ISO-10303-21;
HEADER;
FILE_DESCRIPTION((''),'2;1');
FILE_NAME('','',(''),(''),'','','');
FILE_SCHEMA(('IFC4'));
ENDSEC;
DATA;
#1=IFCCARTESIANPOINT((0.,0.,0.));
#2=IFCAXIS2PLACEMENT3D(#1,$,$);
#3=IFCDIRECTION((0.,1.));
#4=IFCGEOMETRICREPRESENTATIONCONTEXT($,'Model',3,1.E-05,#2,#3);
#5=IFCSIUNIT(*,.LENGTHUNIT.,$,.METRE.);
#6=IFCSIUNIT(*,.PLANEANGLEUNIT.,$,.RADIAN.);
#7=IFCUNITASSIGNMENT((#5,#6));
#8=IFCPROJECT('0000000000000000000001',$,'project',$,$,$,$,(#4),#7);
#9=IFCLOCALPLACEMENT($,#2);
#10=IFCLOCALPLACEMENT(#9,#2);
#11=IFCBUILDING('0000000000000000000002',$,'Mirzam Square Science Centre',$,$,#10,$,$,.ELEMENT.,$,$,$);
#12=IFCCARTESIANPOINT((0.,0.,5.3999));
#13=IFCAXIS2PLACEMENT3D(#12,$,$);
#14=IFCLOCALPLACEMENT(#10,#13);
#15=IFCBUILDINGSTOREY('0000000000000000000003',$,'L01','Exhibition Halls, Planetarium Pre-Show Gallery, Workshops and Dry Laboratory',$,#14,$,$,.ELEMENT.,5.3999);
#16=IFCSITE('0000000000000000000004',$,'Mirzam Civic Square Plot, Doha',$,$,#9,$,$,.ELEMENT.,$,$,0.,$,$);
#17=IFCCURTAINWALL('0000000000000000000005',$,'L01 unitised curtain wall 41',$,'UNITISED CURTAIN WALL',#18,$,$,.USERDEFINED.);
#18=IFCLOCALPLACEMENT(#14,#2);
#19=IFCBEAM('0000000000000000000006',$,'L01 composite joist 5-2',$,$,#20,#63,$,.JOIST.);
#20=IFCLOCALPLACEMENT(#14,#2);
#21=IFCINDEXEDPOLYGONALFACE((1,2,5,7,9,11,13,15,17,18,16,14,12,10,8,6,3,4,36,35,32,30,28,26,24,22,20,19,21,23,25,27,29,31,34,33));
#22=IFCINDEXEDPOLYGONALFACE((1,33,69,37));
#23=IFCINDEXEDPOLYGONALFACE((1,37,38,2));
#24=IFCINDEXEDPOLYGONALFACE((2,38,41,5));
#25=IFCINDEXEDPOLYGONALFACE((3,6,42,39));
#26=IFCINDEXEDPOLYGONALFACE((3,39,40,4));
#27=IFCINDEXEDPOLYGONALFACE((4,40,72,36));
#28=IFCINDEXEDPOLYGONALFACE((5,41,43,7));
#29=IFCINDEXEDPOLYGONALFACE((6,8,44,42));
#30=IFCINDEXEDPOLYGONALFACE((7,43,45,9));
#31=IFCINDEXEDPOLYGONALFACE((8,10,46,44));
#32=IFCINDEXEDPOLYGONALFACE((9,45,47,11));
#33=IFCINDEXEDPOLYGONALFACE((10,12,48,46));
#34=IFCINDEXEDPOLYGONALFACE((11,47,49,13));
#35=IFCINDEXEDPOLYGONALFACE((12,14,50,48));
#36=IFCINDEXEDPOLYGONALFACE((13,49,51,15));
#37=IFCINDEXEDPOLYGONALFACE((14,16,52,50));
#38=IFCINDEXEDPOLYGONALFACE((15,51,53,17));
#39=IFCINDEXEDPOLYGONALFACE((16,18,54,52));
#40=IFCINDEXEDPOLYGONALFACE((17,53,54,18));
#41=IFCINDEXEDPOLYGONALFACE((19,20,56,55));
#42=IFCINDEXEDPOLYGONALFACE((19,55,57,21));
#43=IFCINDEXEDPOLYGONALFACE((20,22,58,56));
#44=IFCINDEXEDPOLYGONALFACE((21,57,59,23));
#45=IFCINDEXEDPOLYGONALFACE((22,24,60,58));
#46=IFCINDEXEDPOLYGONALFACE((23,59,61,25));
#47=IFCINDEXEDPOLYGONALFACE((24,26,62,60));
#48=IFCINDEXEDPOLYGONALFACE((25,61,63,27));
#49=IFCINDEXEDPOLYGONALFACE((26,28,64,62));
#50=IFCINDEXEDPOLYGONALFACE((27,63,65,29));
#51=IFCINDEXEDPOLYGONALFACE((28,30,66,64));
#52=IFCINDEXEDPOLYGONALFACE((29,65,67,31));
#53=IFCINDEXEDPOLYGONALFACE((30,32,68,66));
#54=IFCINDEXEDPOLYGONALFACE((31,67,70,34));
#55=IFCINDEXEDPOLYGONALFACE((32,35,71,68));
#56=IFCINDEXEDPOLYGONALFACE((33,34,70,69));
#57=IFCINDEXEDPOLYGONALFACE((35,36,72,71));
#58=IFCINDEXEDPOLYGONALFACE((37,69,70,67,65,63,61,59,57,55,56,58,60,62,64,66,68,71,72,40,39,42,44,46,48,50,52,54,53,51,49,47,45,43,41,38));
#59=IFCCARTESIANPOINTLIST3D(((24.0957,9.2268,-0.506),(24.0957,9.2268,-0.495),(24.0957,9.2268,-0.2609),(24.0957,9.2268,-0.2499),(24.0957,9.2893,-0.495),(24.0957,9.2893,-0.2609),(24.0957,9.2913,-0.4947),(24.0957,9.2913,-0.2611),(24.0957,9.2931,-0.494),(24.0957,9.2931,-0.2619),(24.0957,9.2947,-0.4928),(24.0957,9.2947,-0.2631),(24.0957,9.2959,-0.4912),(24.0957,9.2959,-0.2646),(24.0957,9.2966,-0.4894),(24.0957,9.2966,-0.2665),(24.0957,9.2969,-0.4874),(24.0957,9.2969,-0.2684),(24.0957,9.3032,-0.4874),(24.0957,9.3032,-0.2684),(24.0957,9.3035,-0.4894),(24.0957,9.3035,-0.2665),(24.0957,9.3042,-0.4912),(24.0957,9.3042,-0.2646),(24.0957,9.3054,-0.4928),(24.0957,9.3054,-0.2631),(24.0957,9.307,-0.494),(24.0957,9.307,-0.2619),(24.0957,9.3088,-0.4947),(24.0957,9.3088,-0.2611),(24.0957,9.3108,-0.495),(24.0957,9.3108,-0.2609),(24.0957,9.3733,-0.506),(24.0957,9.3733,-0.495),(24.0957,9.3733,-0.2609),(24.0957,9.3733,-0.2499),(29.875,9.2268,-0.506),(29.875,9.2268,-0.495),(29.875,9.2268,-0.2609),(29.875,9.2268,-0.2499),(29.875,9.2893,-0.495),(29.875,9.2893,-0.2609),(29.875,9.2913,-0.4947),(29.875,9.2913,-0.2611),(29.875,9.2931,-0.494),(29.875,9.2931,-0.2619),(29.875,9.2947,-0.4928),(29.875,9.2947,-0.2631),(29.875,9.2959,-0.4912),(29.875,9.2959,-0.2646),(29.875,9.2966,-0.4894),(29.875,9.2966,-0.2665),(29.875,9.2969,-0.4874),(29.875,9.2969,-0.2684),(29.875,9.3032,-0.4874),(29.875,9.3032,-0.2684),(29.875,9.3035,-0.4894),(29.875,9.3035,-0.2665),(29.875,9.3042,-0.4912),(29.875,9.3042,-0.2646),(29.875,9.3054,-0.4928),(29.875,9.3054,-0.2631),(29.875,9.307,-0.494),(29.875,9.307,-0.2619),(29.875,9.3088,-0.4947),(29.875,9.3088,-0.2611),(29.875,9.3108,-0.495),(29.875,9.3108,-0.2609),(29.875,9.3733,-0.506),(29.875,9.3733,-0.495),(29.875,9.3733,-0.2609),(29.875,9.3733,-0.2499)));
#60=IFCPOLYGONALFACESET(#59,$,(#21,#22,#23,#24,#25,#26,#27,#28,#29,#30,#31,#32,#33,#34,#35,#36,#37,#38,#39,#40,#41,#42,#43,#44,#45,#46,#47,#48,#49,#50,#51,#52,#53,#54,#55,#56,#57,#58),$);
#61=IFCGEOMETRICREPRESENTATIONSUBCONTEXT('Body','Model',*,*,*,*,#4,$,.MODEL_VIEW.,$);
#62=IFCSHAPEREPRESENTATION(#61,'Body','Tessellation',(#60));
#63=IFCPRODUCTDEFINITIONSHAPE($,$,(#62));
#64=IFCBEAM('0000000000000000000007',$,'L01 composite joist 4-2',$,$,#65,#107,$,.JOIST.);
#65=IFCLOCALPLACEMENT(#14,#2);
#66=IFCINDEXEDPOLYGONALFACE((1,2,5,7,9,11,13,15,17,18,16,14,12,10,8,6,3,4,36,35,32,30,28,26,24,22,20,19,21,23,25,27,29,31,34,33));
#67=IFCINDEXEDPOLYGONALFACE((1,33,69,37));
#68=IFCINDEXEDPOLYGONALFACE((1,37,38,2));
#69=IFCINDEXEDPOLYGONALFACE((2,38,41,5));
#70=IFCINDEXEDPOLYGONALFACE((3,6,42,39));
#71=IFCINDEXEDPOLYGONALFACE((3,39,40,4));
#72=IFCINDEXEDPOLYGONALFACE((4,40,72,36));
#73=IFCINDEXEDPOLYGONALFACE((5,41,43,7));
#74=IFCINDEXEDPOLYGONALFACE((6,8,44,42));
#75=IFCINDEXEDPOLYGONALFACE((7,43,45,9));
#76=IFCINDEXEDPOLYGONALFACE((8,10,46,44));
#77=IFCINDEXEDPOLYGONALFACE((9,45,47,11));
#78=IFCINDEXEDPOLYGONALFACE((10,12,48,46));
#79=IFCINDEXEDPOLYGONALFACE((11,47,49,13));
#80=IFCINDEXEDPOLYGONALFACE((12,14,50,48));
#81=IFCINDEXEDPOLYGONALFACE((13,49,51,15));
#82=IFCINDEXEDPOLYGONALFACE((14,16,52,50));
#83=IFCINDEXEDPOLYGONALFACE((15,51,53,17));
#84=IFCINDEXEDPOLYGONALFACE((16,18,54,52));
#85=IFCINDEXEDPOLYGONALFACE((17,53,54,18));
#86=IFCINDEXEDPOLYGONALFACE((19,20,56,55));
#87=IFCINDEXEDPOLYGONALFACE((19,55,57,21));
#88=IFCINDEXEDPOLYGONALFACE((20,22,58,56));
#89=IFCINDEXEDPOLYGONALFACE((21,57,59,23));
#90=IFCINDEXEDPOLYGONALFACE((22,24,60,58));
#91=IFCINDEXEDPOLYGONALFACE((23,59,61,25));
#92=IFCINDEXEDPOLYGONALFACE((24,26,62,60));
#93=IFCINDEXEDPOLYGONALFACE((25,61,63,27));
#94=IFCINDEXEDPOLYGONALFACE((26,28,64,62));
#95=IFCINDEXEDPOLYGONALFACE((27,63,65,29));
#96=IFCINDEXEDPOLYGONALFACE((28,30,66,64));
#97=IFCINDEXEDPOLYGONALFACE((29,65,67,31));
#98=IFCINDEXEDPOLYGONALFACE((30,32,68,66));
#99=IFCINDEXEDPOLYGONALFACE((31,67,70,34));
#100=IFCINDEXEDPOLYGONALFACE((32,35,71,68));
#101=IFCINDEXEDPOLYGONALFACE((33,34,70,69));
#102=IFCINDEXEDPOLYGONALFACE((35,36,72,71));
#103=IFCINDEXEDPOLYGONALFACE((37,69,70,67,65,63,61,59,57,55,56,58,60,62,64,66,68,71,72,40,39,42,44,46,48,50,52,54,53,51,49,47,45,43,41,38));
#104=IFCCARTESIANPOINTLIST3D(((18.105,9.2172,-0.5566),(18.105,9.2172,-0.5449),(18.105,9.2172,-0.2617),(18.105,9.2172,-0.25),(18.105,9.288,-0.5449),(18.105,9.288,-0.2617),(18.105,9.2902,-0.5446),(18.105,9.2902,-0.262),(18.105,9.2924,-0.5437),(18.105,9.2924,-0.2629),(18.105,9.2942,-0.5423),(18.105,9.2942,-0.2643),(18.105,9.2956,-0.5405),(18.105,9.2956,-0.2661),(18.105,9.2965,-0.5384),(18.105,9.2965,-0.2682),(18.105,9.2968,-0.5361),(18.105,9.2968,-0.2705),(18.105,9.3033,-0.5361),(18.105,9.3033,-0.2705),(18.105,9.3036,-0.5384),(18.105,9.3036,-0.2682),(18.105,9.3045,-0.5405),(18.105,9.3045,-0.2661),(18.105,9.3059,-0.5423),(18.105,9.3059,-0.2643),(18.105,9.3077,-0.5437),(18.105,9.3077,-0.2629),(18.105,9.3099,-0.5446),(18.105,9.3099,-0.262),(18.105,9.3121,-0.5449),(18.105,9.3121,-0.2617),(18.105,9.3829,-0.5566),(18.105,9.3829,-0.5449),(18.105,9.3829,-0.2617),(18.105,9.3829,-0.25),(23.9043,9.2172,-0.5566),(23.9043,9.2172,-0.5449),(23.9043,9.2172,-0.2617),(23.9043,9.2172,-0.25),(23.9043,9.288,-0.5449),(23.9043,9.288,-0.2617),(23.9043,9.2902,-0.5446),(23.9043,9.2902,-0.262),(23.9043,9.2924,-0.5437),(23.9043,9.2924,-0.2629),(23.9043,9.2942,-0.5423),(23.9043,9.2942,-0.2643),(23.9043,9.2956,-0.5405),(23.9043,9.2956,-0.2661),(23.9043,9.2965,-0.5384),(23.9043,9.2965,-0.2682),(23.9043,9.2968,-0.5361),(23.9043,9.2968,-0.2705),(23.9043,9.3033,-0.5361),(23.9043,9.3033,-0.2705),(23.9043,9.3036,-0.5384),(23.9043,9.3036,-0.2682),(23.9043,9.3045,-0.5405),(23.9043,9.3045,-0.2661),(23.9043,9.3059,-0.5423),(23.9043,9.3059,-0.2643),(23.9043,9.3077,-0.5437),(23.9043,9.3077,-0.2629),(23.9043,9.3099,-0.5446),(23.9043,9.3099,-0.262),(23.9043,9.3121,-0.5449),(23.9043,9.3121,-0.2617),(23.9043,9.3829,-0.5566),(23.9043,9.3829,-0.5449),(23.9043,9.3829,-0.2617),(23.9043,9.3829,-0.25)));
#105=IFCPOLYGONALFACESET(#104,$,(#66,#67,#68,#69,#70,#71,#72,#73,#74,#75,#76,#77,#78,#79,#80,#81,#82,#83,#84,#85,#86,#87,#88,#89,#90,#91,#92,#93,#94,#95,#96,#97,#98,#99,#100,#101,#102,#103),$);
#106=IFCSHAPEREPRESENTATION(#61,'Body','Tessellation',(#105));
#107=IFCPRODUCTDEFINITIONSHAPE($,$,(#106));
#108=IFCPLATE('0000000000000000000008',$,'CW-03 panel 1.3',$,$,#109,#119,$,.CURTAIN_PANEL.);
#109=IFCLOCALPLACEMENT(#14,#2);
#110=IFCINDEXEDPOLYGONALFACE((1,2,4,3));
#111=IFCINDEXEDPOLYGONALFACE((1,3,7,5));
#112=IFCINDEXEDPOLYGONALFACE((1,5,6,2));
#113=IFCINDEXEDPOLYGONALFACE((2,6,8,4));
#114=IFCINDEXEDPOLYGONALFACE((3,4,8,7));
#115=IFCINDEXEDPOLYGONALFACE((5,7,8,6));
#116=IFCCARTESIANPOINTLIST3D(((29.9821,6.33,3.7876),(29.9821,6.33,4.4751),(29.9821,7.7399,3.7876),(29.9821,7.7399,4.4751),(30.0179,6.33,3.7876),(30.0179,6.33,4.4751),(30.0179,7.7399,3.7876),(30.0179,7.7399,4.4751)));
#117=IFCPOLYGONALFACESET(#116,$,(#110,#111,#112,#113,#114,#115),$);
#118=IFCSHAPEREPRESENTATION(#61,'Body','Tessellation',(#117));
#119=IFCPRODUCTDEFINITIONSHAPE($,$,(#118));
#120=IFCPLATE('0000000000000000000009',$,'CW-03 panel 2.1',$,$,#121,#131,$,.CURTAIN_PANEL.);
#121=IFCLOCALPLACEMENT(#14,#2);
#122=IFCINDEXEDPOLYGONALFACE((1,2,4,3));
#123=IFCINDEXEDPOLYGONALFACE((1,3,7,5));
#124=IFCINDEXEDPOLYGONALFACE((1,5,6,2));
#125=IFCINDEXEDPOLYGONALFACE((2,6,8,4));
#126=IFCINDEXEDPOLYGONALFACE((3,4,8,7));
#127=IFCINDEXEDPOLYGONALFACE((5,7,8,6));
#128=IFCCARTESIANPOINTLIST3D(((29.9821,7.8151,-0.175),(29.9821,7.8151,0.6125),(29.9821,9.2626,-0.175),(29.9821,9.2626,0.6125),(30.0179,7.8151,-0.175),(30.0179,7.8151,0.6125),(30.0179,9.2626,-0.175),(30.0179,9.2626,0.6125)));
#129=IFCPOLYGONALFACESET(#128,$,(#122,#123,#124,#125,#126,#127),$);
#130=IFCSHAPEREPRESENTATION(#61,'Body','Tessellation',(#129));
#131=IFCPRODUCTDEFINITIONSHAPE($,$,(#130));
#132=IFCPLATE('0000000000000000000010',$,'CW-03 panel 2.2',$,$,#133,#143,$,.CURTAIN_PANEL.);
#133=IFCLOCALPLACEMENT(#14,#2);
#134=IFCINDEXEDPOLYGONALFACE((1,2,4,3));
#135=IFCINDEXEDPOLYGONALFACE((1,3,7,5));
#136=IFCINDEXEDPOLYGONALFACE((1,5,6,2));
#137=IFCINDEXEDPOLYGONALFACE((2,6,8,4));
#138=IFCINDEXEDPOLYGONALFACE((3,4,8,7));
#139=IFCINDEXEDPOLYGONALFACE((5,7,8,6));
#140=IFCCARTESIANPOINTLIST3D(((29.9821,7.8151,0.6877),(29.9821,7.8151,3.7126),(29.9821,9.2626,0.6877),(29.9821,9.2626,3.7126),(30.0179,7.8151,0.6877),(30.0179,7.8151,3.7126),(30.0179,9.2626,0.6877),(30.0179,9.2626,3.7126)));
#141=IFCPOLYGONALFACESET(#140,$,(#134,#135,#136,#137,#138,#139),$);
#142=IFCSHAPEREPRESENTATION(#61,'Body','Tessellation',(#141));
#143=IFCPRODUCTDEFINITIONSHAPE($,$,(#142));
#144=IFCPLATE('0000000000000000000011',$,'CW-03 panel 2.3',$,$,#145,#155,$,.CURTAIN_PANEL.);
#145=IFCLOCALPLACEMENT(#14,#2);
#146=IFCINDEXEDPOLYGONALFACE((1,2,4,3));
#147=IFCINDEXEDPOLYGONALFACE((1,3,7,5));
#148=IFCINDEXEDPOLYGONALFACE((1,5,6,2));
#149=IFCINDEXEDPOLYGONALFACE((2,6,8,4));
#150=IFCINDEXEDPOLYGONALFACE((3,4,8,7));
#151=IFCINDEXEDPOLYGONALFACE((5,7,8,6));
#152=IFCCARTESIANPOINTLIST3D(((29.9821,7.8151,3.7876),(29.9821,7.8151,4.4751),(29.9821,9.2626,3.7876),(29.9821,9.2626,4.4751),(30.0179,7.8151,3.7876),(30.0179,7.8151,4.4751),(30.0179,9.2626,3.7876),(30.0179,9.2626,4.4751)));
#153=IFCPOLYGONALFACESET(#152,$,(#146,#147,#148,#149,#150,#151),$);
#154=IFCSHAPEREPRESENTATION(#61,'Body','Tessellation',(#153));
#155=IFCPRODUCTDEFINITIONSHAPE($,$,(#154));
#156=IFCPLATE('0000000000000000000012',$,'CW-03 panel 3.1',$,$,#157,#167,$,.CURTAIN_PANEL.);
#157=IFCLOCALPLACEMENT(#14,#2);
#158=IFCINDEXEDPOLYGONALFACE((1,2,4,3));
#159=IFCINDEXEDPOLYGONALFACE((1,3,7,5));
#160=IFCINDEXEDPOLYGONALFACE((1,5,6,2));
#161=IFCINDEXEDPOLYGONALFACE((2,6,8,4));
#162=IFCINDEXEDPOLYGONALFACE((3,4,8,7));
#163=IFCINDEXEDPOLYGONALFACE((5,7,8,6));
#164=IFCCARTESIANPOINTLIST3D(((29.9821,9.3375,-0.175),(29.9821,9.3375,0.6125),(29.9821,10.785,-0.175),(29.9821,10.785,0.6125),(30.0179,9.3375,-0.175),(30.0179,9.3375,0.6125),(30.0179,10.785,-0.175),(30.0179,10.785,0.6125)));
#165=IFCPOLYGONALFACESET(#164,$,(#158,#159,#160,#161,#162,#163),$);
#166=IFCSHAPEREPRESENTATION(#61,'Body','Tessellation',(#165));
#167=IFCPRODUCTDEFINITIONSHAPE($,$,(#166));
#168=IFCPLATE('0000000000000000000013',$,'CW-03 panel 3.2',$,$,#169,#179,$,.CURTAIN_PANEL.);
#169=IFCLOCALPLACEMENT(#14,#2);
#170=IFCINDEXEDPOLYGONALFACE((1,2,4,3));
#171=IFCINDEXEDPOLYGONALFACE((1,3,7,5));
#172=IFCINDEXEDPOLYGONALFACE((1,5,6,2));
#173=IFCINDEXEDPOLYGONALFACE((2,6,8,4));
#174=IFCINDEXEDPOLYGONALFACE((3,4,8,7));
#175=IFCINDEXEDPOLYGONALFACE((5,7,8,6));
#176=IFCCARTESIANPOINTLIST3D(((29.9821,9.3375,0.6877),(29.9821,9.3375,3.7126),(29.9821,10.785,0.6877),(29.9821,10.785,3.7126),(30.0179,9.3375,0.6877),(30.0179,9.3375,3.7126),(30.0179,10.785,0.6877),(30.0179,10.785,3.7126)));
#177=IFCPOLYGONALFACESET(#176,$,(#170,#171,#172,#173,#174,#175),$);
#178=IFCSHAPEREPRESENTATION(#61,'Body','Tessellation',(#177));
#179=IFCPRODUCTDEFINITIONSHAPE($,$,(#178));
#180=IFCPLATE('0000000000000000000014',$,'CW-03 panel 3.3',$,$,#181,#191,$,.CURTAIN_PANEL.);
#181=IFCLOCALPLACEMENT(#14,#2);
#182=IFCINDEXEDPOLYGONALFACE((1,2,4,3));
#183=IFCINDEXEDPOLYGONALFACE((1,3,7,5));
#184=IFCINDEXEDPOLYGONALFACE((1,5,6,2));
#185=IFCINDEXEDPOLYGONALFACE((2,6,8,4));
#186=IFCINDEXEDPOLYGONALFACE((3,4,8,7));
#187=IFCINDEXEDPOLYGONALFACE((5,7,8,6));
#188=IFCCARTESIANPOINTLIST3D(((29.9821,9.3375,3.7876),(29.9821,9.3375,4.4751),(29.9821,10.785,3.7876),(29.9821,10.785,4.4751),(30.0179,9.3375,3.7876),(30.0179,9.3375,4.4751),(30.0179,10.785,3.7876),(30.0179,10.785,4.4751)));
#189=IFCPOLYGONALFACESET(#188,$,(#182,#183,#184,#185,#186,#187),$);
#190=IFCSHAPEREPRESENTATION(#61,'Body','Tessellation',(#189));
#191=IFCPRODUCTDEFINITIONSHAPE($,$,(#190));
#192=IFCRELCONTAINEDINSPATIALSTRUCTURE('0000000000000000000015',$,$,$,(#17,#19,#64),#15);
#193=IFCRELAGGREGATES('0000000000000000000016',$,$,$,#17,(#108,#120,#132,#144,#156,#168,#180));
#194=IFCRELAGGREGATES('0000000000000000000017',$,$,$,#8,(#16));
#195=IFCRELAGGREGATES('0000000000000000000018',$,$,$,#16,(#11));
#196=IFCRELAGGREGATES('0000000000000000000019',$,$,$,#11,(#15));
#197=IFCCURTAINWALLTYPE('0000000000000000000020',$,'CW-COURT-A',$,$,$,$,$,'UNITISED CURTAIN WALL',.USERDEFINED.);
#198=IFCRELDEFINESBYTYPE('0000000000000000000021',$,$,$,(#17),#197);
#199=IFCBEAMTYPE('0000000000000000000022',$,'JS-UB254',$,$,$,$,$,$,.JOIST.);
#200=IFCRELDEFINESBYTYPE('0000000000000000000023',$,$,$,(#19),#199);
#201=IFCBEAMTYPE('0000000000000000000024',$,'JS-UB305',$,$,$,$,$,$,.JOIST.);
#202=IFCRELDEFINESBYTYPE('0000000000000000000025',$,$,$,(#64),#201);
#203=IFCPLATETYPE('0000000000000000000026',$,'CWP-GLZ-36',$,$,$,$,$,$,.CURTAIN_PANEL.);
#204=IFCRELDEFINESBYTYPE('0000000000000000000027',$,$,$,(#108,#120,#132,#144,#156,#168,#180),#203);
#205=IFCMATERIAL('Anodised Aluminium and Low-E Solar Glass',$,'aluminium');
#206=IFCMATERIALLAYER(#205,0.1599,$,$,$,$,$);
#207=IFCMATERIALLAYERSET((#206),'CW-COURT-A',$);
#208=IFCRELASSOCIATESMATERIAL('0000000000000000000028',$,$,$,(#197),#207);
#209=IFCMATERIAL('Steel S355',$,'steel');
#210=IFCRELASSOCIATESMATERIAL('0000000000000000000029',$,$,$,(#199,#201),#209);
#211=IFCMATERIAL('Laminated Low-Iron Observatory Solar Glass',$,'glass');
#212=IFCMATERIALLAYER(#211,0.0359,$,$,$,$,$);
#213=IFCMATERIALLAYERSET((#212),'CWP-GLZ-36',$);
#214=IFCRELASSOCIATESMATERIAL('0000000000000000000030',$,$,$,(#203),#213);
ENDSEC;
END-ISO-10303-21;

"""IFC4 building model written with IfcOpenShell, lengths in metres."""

from ifc_helpers import new_model, si_unit, direction, frame, origin, origin_2d, place, context, subcontext, project, spatial, rectangle, i_section, extrude, material, layer, layer_set, material_profile, profile_set, type_object, element, aggregate, save


model = new_model("IFC4")

# Units and contexts
model_context = context("Model", 3, precision=1e-05, world=origin(), true_north=direction((0.0, 1.0)))
body_context = subcontext(model_context, "Body", "Model", "MODEL_VIEW")
ifc_project = project(units=[si_unit("LENGTHUNIT", "METRE"), si_unit("PLANEANGLEUNIT", "RADIAN")], contexts=[model_context])

# Site, building, storey
site_placement = place(None, origin())
site = spatial("IfcSite", under=ifc_project, at=site_placement, Name="Mirzam Civic Square Plot, Doha", CompositionType="ELEMENT", RefElevation=0.0)
building_placement = place(site_placement, origin())
building = spatial("IfcBuilding", under=site, at=building_placement, Name="Mirzam Square Science Centre", CompositionType="ELEMENT")
storey_placement = place(building_placement, frame((0.0, 0.0, 5.3999)))
storey = spatial("IfcBuildingStorey", under=building, at=storey_placement, Name="L01", Description="Exhibition Halls, Planetarium Pre-Show Gallery, Workshops and Dry Laboratory", CompositionType="ELEMENT", Elevation=5.3999)

# Shared definitions
ifc_material_1 = material(Name="Steel S355", Category="steel")

# Curtain wall
ifc_material_2 = material(Name="Anodised Aluminium and Low-E Solar Glass", Category="aluminium")
ifc_layer_1 = layer(ifc_material_2, 0.1599)
ifc_layer_set_1 = layer_set([ifc_layer_1], Name="CW-COURT-A")
curtain_wall_type = type_object("IfcCurtainWallType", Name="CW-COURT-A", ElementType="UNITISED CURTAIN WALL", PredefinedType="USERDEFINED", material=ifc_layer_set_1)
curtain_wall_placement = place(storey_placement, origin())
curtain_wall = element("IfcCurtainWall", 1, at=curtain_wall_placement, inside=storey, type_object=curtain_wall_type, Name="L01 unitised curtain wall 41", ObjectType="UNITISED CURTAIN WALL", PredefinedType="USERDEFINED")

# Beams
ifc_material_profile_1 = material_profile(ifc_material_1, i_section(OverallWidth=0.1465, OverallDepth=0.2561, WebThickness=0.0063, FlangeThickness=0.011, FilletRadius=0.0076, at=origin_2d()), Name="254x146x37UB")
ifc_profile_set_1 = profile_set([ifc_material_profile_1], Name="Steel S355")
beam_type_1 = type_object("IfcBeamType", Name="JS-UB254", PredefinedType="JOIST", material=ifc_profile_set_1)
beam_1_placement = place(storey_placement, frame((24.0957, 9.3, -0.3779), z_axis=(1.0, 0.0, 0.0), x_axis=(0.0, 1.0, 0.0)))
element("IfcBeam", 2, at=beam_1_placement, inside=storey, type_object=beam_type_1, Name="L01 composite joist 5-2", PredefinedType="JOIST", context=body_context, shape_type="SweptSolid", body=[
    extrude(i_section(OverallWidth=0.1465, OverallDepth=0.2561, WebThickness=0.0063, FlangeThickness=0.011, FilletRadius=0.0076, at=origin_2d()), origin(), (0.0, 0.0, 1.0), 5.7793),
])
ifc_material_profile_2 = material_profile(ifc_material_1, i_section(OverallWidth=0.1658, OverallDepth=0.3066, WebThickness=0.0066, FlangeThickness=0.0117, FilletRadius=0.0088, at=origin_2d()), Name="305x165x46UB")
ifc_profile_set_2 = profile_set([ifc_material_profile_2], Name="Steel S355")
beam_type_2 = type_object("IfcBeamType", Name="JS-UB305", PredefinedType="JOIST", material=ifc_profile_set_2)
beam_2_placement = place(storey_placement, frame((18.105, 9.3, -0.4033), z_axis=(1.0, 0.0, 0.0), x_axis=(0.0, 1.0, 0.0)))
element("IfcBeam", 3, at=beam_2_placement, inside=storey, type_object=beam_type_2, Name="L01 composite joist 4-2", PredefinedType="JOIST", context=body_context, shape_type="SweptSolid", body=[
    extrude(i_section(OverallWidth=0.1658, OverallDepth=0.3066, WebThickness=0.0066, FlangeThickness=0.0117, FilletRadius=0.0088, at=origin_2d()), origin(), (0.0, 0.0, 1.0), 5.7993),
])

# Plates
ifc_material_3 = material(Name="Laminated Low-Iron Observatory Solar Glass", Category="glass")
ifc_layer_2 = layer(ifc_material_3, 0.0359)
ifc_layer_set_2 = layer_set([ifc_layer_2], Name="CWP-GLZ-36")
plate_type = type_object("IfcPlateType", Name="CWP-GLZ-36", PredefinedType="CURTAIN_PANEL", material=ifc_layer_set_2)
plate_1_placement = place(storey_placement, frame((30.0, 7.0349, 3.7876), z_axis=(0.0, 0.0, 1.0), x_axis=(0.0, 1.0, 0.0)))
plate_1 = element("IfcPlate", 4, at=plate_1_placement, type_object=plate_type, Name="CW-03 panel 1.3", PredefinedType="CURTAIN_PANEL", context=body_context, shape_type="SweptSolid", body=[
    extrude(rectangle(XDim=1.4099, YDim=0.0359, at=origin_2d()), origin(), (0.0, 0.0, 1.0), 0.6875),
])
plate_2_placement = place(storey_placement, frame((30.0, 8.5388, -0.175), z_axis=(0.0, 0.0, 1.0), x_axis=(0.0, 1.0, 0.0)))
plate_2 = element("IfcPlate", 5, at=plate_2_placement, type_object=plate_type, Name="CW-03 panel 2.1", PredefinedType="CURTAIN_PANEL", context=body_context, shape_type="SweptSolid", body=[
    extrude(rectangle(XDim=1.4475, YDim=0.0359, at=origin_2d()), origin(), (0.0, 0.0, 1.0), 0.7876),
])
plate_3_placement = place(storey_placement, frame((30.0, 8.5388, 0.6877), z_axis=(0.0, 0.0, 1.0), x_axis=(0.0, 1.0, 0.0)))
plate_3 = element("IfcPlate", 6, at=plate_3_placement, type_object=plate_type, Name="CW-03 panel 2.2", PredefinedType="CURTAIN_PANEL", context=body_context, shape_type="SweptSolid", body=[
    extrude(rectangle(XDim=1.4475, YDim=0.0359, at=origin_2d()), origin(), (0.0, 0.0, 1.0), 3.0249),
])
plate_4_placement = place(storey_placement, frame((30.0, 8.5388, 3.7876), z_axis=(0.0, 0.0, 1.0), x_axis=(0.0, 1.0, 0.0)))
plate_4 = element("IfcPlate", 7, at=plate_4_placement, type_object=plate_type, Name="CW-03 panel 2.3", PredefinedType="CURTAIN_PANEL", context=body_context, shape_type="SweptSolid", body=[
    extrude(rectangle(XDim=1.4475, YDim=0.0359, at=origin_2d()), origin(), (0.0, 0.0, 1.0), 0.6875),
])
plate_5_placement = place(storey_placement, frame((30.0, 10.0613, -0.175), z_axis=(0.0, 0.0, 1.0), x_axis=(0.0, 1.0, 0.0)))
plate_5 = element("IfcPlate", 8, at=plate_5_placement, type_object=plate_type, Name="CW-03 panel 3.1", PredefinedType="CURTAIN_PANEL", context=body_context, shape_type="SweptSolid", body=[
    extrude(rectangle(XDim=1.4475, YDim=0.0359, at=origin_2d()), origin(), (0.0, 0.0, 1.0), 0.7876),
])
plate_6_placement = place(storey_placement, frame((30.0, 10.0613, 0.6877), z_axis=(0.0, 0.0, 1.0), x_axis=(0.0, 1.0, 0.0)))
plate_6 = element("IfcPlate", 9, at=plate_6_placement, type_object=plate_type, Name="CW-03 panel 3.2", PredefinedType="CURTAIN_PANEL", context=body_context, shape_type="SweptSolid", body=[
    extrude(rectangle(XDim=1.4475, YDim=0.0359, at=origin_2d()), origin(), (0.0, 0.0, 1.0), 3.0249),
])
plate_7_placement = place(storey_placement, frame((30.0, 10.0613, 3.7876), z_axis=(0.0, 0.0, 1.0), x_axis=(0.0, 1.0, 0.0)))
plate_7 = element("IfcPlate", 10, at=plate_7_placement, type_object=plate_type, Name="CW-03 panel 3.3", PredefinedType="CURTAIN_PANEL", context=body_context, shape_type="SweptSolid", body=[
    extrude(rectangle(XDim=1.4475, YDim=0.0359, at=origin_2d()), origin(), (0.0, 0.0, 1.0), 0.6875),
])
aggregate(curtain_wall, [plate_1, plate_2, plate_3, plate_4, plate_5, plate_6, plate_7])

save(model, "model.ifc")
